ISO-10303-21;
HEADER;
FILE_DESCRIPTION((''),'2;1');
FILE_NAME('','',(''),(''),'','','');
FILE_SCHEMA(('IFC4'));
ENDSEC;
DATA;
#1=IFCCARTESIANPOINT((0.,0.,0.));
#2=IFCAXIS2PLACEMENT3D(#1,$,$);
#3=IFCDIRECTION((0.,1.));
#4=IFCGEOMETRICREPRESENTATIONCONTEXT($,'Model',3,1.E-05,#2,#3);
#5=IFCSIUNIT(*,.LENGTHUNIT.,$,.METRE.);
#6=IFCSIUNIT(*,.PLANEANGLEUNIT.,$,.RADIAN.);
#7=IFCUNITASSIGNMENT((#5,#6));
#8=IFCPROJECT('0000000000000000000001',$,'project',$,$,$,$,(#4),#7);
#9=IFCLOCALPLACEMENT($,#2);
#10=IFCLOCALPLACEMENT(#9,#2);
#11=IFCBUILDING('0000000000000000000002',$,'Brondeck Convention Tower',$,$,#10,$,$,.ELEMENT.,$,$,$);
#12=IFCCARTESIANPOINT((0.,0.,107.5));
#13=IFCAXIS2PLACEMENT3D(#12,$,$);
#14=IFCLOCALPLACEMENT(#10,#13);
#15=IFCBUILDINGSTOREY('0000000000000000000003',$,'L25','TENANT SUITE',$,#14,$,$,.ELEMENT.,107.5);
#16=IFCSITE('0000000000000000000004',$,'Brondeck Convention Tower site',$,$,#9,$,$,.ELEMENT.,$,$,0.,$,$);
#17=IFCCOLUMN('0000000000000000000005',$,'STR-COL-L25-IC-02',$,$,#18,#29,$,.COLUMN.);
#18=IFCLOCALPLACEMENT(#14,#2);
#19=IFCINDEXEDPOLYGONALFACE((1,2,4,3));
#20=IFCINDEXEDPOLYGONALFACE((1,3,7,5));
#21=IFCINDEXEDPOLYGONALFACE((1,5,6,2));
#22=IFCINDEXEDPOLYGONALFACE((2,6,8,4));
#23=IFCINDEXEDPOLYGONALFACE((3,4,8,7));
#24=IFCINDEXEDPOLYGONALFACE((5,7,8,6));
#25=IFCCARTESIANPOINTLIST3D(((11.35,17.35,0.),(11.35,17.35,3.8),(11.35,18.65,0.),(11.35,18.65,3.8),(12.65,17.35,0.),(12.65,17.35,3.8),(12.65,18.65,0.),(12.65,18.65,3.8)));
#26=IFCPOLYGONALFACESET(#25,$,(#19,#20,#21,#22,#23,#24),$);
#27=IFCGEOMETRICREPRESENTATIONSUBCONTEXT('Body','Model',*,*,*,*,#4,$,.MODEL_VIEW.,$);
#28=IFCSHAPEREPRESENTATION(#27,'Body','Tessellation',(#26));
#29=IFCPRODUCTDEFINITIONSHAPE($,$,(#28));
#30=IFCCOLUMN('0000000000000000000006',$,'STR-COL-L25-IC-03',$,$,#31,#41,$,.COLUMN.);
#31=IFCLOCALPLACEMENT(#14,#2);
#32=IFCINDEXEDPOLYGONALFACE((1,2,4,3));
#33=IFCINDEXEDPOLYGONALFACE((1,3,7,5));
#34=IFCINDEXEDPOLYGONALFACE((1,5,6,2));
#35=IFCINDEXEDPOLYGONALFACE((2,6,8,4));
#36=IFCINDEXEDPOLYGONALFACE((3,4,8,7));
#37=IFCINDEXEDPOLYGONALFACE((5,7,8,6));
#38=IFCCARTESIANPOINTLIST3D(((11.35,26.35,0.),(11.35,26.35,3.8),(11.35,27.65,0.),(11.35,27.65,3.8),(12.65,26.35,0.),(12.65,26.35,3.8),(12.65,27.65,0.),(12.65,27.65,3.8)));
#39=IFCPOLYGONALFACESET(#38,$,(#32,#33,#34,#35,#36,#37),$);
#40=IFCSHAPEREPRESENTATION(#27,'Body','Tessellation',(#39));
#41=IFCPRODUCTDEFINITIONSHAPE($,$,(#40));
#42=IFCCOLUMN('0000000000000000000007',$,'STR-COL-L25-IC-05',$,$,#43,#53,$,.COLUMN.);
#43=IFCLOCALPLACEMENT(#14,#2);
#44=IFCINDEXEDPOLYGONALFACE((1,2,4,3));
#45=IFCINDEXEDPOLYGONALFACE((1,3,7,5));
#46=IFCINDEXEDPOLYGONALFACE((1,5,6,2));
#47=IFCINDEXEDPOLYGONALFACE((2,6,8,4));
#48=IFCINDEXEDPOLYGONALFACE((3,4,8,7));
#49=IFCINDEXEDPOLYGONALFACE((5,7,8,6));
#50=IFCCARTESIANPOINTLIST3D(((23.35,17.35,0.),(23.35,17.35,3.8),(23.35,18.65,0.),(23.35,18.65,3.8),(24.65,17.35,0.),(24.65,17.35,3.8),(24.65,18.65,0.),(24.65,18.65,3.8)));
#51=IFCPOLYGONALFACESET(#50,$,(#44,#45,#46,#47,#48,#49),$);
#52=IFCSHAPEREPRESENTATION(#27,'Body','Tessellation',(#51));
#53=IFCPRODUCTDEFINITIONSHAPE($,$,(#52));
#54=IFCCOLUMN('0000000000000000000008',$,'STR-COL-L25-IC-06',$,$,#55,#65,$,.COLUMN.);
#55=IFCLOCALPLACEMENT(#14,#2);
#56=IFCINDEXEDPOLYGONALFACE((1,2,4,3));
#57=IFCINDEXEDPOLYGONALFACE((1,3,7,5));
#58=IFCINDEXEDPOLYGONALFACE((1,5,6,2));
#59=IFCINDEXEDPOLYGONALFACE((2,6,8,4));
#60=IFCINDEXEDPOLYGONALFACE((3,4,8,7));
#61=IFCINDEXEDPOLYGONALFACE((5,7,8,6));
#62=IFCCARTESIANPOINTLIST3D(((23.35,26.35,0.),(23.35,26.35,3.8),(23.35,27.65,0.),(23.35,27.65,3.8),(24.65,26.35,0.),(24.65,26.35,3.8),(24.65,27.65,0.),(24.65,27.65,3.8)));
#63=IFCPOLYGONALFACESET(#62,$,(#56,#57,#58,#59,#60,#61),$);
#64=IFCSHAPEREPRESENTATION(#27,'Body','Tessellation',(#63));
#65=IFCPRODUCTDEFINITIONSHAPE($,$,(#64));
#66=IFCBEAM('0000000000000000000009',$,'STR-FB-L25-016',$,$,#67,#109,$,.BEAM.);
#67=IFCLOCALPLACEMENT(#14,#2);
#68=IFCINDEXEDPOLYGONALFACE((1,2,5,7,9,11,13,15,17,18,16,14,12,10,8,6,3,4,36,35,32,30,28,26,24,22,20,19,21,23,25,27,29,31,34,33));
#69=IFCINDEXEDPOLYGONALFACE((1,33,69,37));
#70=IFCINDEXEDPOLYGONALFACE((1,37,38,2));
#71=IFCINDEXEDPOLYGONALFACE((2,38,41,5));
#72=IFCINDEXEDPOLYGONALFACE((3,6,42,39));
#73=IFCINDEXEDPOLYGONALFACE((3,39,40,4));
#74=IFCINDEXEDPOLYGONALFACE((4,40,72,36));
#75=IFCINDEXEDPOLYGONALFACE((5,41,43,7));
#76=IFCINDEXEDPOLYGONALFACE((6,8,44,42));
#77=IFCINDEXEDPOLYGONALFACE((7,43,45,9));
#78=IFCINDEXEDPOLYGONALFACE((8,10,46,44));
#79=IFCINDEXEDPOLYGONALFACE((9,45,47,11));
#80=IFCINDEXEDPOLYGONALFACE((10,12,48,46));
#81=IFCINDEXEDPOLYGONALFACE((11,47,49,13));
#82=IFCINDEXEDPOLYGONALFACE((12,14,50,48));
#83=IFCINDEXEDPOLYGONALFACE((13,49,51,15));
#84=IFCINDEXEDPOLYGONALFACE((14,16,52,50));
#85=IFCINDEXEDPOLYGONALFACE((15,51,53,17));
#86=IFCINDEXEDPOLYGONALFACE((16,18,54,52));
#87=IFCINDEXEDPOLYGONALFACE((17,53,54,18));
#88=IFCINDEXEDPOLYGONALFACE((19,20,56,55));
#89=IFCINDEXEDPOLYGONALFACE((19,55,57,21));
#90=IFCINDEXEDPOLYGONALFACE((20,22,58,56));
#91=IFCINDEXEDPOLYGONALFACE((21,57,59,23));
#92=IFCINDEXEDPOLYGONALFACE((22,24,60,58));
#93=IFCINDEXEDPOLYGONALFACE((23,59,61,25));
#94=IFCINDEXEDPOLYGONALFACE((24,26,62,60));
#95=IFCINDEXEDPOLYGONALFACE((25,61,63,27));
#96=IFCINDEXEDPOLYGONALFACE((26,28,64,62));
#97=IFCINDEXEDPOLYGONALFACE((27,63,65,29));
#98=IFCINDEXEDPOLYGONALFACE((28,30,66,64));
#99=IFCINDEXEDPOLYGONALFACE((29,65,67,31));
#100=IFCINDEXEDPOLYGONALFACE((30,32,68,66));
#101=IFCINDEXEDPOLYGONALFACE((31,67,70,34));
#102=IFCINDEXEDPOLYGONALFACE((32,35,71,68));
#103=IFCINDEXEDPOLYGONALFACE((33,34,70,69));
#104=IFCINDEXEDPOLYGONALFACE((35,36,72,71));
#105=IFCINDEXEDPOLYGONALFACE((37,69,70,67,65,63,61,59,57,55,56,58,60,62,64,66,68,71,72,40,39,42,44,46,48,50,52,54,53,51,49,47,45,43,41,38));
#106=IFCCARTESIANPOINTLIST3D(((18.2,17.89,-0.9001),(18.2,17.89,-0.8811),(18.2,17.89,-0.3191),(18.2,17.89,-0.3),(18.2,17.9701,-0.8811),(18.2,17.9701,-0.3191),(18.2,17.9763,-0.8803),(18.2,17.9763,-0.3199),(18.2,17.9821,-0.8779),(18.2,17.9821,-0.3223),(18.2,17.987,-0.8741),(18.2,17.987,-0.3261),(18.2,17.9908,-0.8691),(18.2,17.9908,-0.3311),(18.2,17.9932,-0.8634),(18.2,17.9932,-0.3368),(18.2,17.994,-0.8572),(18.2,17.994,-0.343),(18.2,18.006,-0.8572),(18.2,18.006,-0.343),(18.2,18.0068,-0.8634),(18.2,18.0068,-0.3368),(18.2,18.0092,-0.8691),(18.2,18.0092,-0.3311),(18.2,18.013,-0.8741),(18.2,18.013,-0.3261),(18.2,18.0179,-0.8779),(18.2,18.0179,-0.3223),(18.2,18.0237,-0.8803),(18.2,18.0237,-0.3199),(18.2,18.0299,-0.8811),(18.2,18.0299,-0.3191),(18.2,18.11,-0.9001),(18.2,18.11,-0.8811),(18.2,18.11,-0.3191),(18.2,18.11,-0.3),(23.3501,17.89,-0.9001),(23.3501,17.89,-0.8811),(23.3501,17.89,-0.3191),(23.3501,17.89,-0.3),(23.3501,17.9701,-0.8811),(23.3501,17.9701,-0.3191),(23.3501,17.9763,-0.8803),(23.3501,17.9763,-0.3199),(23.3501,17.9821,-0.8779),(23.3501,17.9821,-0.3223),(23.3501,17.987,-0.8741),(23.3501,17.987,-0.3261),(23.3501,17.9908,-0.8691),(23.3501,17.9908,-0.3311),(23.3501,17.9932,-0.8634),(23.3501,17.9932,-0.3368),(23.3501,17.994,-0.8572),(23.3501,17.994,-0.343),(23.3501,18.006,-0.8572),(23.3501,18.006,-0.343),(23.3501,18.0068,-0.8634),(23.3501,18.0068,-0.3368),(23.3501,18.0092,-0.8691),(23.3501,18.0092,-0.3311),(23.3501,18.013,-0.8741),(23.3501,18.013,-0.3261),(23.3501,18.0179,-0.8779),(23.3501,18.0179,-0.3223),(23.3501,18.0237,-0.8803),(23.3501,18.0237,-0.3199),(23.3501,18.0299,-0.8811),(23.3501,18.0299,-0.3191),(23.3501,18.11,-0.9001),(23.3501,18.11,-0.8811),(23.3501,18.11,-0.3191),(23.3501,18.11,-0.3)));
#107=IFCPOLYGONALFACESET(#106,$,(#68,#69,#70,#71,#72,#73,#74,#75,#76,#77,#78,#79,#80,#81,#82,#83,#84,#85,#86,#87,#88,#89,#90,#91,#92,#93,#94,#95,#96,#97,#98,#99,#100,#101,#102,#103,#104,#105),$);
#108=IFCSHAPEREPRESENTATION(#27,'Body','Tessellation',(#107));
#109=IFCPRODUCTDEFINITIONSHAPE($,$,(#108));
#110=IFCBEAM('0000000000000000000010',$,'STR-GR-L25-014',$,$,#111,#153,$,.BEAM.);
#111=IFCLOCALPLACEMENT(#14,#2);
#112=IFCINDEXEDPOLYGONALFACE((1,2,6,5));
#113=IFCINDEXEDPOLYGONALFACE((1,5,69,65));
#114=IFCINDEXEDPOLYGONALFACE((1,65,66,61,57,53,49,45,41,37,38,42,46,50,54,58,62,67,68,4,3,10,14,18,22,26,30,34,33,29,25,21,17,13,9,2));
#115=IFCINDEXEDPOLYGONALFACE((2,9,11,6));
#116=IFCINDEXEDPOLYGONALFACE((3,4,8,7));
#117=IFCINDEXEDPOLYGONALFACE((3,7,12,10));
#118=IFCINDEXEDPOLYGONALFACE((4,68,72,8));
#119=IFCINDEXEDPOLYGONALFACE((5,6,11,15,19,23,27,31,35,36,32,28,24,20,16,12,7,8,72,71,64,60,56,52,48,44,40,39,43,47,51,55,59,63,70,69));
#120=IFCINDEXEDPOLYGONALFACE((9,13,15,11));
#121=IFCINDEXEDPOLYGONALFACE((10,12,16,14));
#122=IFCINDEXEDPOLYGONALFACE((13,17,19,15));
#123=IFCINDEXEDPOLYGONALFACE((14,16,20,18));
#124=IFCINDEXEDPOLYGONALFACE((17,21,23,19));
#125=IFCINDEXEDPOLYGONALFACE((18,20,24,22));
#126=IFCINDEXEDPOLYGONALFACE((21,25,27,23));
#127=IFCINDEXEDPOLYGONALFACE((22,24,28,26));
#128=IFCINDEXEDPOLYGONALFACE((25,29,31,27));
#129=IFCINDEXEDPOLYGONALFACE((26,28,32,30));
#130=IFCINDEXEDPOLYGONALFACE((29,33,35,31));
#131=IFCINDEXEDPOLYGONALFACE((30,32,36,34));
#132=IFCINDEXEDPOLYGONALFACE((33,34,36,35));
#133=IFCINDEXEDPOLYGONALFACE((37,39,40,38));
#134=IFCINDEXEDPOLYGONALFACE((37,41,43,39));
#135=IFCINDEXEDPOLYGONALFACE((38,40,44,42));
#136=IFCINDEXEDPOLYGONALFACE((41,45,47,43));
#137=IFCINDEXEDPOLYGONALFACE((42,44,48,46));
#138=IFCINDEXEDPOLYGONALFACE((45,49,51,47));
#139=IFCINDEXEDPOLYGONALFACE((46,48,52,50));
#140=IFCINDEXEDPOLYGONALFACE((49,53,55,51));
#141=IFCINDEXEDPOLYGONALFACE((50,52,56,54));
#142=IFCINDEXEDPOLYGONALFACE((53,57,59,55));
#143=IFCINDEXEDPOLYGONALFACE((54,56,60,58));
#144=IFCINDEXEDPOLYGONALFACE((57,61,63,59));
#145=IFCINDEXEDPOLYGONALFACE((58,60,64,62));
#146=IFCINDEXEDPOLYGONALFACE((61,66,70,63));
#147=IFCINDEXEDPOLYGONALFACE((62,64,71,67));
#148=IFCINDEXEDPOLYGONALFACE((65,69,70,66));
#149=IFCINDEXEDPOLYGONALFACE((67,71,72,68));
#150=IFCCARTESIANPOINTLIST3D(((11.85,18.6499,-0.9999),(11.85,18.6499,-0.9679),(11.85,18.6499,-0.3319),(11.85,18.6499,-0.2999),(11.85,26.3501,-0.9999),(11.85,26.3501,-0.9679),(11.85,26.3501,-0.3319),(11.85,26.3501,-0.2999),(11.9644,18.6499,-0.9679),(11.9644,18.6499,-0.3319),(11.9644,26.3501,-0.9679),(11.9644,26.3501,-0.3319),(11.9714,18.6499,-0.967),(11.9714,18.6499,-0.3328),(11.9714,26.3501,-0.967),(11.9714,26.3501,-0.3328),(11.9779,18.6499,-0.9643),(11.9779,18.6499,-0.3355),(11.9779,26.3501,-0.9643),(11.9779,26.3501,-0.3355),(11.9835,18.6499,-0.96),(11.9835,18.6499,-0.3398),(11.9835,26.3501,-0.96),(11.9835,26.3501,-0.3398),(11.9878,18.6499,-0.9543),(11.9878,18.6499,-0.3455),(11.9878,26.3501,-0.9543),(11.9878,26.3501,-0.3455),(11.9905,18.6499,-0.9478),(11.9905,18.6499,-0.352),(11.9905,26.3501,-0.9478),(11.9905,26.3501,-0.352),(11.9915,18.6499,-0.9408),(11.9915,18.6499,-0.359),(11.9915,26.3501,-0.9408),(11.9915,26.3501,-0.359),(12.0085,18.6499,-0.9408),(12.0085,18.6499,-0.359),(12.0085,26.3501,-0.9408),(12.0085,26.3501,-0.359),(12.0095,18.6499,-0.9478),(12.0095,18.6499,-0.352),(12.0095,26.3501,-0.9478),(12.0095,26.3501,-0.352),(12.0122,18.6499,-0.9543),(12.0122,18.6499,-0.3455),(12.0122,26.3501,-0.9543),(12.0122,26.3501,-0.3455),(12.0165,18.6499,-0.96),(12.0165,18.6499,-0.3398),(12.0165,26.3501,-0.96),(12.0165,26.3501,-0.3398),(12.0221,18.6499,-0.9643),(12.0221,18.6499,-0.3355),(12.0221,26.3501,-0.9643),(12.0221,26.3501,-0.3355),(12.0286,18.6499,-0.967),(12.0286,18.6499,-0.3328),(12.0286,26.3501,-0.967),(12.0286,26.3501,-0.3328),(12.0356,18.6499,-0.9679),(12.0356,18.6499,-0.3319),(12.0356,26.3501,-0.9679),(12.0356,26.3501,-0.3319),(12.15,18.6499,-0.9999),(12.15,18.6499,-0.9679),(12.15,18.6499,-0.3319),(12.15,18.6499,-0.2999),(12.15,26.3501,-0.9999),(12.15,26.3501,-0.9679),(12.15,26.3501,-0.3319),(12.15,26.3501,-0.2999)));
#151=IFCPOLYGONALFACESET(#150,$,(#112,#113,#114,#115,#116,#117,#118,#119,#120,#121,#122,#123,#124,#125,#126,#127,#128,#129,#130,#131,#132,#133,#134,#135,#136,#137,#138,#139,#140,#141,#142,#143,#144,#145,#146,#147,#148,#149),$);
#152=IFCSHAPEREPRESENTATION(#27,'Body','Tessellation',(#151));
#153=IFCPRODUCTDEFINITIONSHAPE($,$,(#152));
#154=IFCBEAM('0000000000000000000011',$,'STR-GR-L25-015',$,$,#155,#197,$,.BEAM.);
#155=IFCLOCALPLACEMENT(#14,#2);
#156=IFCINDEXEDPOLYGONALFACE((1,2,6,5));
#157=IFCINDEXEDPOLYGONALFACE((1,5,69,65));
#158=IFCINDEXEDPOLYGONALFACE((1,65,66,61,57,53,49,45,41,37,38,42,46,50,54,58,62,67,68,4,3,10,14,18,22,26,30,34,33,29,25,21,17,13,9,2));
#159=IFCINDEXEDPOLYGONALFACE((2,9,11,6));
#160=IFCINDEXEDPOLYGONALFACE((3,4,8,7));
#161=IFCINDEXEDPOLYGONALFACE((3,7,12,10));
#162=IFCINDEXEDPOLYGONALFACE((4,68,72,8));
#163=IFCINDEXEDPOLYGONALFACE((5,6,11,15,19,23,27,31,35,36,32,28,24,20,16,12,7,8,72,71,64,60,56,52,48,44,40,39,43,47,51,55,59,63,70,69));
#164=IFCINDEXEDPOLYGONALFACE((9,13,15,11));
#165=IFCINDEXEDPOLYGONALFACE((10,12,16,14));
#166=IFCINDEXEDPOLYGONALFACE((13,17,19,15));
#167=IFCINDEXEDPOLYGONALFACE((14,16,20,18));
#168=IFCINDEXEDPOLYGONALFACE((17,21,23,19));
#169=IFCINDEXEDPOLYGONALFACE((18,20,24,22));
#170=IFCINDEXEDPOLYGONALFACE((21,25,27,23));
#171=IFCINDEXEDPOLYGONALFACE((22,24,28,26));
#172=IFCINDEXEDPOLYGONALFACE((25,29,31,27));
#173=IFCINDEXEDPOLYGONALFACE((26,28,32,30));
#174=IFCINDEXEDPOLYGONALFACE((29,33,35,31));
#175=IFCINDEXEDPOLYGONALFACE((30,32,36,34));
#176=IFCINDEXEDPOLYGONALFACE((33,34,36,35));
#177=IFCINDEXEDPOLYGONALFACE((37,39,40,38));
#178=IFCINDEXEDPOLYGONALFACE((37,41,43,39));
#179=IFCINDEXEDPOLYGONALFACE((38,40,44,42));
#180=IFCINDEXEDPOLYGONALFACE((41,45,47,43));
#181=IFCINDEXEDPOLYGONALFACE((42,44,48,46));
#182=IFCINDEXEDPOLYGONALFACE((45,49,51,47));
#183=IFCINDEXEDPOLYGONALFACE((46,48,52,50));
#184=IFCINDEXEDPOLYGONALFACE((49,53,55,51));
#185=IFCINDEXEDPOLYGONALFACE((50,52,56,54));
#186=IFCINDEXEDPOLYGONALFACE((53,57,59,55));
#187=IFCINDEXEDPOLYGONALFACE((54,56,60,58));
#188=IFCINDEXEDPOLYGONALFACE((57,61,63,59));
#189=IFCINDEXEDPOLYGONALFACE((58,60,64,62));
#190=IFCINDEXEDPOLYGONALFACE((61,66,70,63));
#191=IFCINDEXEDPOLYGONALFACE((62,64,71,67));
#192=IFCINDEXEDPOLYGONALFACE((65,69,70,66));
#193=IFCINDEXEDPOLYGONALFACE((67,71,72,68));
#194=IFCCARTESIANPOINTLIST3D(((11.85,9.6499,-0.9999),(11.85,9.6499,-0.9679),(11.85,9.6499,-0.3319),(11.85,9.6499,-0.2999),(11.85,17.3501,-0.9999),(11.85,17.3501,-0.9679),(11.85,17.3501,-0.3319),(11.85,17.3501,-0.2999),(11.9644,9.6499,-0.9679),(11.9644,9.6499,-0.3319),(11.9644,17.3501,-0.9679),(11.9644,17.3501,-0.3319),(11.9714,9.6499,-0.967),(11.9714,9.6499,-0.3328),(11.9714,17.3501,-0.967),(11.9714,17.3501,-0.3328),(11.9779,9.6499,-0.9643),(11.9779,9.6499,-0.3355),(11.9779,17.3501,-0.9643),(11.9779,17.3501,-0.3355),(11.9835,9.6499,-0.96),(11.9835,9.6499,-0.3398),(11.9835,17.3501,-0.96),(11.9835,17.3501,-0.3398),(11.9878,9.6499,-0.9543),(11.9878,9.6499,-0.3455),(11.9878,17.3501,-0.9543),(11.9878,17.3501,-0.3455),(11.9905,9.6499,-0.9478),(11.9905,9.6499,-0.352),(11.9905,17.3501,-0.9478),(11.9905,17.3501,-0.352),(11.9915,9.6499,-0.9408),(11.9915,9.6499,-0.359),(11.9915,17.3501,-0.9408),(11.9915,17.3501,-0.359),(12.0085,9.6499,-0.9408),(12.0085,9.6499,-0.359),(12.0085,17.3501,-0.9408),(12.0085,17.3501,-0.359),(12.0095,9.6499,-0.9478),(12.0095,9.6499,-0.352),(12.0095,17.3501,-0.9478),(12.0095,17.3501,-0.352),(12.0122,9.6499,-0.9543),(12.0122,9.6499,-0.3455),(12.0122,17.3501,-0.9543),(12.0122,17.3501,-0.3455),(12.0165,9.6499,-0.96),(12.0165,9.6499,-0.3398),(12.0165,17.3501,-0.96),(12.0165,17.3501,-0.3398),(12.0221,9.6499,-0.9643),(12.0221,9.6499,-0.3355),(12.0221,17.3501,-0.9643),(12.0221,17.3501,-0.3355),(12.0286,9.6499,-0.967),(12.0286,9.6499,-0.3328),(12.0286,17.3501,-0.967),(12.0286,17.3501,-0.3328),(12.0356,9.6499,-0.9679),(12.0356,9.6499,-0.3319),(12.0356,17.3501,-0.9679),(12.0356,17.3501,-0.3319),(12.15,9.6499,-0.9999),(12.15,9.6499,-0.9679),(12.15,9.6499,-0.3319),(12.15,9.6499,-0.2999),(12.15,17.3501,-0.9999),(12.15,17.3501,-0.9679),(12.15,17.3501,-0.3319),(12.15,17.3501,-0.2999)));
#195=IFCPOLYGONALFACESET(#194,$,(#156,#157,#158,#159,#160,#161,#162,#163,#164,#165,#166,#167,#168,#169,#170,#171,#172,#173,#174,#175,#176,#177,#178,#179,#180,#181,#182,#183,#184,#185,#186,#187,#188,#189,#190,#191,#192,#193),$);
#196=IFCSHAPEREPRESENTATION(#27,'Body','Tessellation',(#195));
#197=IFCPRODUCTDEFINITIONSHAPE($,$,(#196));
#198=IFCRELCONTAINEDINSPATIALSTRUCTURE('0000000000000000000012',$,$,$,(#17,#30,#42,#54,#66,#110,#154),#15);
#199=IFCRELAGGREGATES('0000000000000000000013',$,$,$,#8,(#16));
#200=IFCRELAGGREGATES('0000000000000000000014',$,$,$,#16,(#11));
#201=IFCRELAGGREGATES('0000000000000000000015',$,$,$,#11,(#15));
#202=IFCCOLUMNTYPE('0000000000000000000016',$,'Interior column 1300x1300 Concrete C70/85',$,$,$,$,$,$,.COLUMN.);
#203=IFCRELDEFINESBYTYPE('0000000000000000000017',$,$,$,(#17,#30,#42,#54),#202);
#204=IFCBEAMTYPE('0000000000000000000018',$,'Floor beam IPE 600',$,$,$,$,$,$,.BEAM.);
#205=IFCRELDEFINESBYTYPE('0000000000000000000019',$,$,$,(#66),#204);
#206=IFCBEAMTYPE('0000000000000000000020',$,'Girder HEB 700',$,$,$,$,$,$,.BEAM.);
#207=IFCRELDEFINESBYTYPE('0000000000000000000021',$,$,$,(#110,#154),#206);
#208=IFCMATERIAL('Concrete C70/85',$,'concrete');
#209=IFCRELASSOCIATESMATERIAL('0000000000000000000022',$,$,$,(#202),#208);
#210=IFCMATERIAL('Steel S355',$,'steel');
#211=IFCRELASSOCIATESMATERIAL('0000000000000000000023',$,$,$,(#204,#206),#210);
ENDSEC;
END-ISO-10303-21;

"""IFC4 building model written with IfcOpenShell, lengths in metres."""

from ifc_helpers import new_model, si_unit, direction, frame, origin, origin_2d, place, context, subcontext, project, spatial, rectangle, i_section, extrude, material, material_profile, profile_set, type_object, element, save


model = new_model("IFC4")

# Units and contexts
model_context = context("Model", 3, precision=1e-05, world=origin(), true_north=direction((0.0, 1.0)))
body_context = subcontext(model_context, "Body", "Model", "MODEL_VIEW")
ifc_project = project(units=[si_unit("LENGTHUNIT", "METRE"), si_unit("PLANEANGLEUNIT", "RADIAN")], contexts=[model_context])

# Site, building, storey
site_placement = place(None, origin())
site = spatial("IfcSite", under=ifc_project, at=site_placement, Name="Brondeck Convention Tower site", CompositionType="ELEMENT", RefElevation=0.0)
building_placement = place(site_placement, origin())
building = spatial("IfcBuilding", under=site, at=building_placement, Name="Brondeck Convention Tower", CompositionType="ELEMENT")
storey_placement = place(building_placement, frame((0.0, 0.0, 107.5)))
storey = spatial("IfcBuildingStorey", under=building, at=storey_placement, Name="L25", Description="TENANT SUITE", CompositionType="ELEMENT", Elevation=107.5)

# Columns
ifc_material_1 = material(Name="Concrete C70/85", Category="concrete")
ifc_material_profile_1 = material_profile(ifc_material_1, rectangle(XDim=1.3, YDim=1.3, at=origin_2d()), Name="Interior column 1300x1300 Concrete C70/85")
ifc_profile_set_1 = profile_set([ifc_material_profile_1], Name="Concrete C70/85")
column_type = type_object("IfcColumnType", Name="Interior column 1300x1300 Concrete C70/85", PredefinedType="COLUMN", material=ifc_profile_set_1)
for number, where, z_axis, x_axis, name in (
    (1, (12.0, 18.0, 0.0), (0.0, 0.0, 1.0), (1.0, 0.0, 0.0), "STR-COL-L25-IC-02"),
    (2, (12.0, 27.0, 0.0), (0.0, 0.0, 1.0), (1.0, 0.0, 0.0), "STR-COL-L25-IC-03"),
    (3, (24.0, 18.0, 0.0), (0.0, 0.0, 1.0), (1.0, 0.0, 0.0), "STR-COL-L25-IC-05"),
    (4, (24.0, 27.0, 0.0), (0.0, 0.0, 1.0), (1.0, 0.0, 0.0), "STR-COL-L25-IC-06"),
):
    element("IfcColumn", number, at=place(storey_placement, frame(where, z_axis=z_axis, x_axis=x_axis)), inside=storey, type_object=column_type, Name=name, PredefinedType="COLUMN", context=body_context, shape_type="SweptSolid", body=[
        extrude(rectangle(XDim=1.3, YDim=1.3, at=origin_2d()), origin(), (0.0, 0.0, 1.0), 3.8),
    ])

# Beams
ifc_material_2 = material(Name="Steel S355", Category="steel")
ifc_material_profile_2 = material_profile(ifc_material_2, i_section(OverallWidth=0.22, OverallDepth=0.6001, WebThickness=0.012, FlangeThickness=0.019, FilletRadius=0.0239, at=origin_2d()), Name="IPE 600")
ifc_profile_set_2 = profile_set([ifc_material_profile_2], Name="Steel S355")
beam_type_1 = type_object("IfcBeamType", Name="Floor beam IPE 600", PredefinedType="BEAM", material=ifc_profile_set_2)
beam_1_placement = place(storey_placement, frame((18.2, 18.0, -0.6001), z_axis=(1.0, 0.0, 0.0), x_axis=(0.0, 1.0, 0.0)))
element("IfcBeam", 5, at=beam_1_placement, inside=storey, type_object=beam_type_1, Name="STR-FB-L25-016", PredefinedType="BEAM", context=body_context, shape_type="SweptSolid", body=[
    extrude(i_section(OverallWidth=0.22, OverallDepth=0.6001, WebThickness=0.012, FlangeThickness=0.019, FilletRadius=0.0239, at=origin_2d()), origin(), (0.0, 0.0, 1.0), 5.1501),
])
ifc_material_profile_3 = material_profile(ifc_material_2, i_section(OverallWidth=0.3, OverallDepth=0.7, WebThickness=0.0171, FlangeThickness=0.032, FilletRadius=0.0271, at=origin_2d()), Name="HEB 700")
ifc_profile_set_3 = profile_set([ifc_material_profile_3], Name="Steel S355")
beam_type_2 = type_object("IfcBeamType", Name="Girder HEB 700", PredefinedType="BEAM", material=ifc_profile_set_3)
for number, where, z_axis, x_axis, name in (
    (6, (12.0, 26.3501, -0.6499), (0.0, -1.0, 0.0), (1.0, 0.0, 0.0), "STR-GR-L25-014"),
    (7, (12.0, 17.3501, -0.6499), (0.0, -1.0, 0.0), (1.0, 0.0, 0.0), "STR-GR-L25-015"),
):
    element("IfcBeam", number, at=place(storey_placement, frame(where, z_axis=z_axis, x_axis=x_axis)), inside=storey, type_object=beam_type_2, Name=name, PredefinedType="BEAM", context=body_context, shape_type="SweptSolid", body=[
        extrude(i_section(OverallWidth=0.3, OverallDepth=0.7, WebThickness=0.0171, FlangeThickness=0.032, FilletRadius=0.0271, at=origin_2d()), origin(), (0.0, 0.0, 1.0), 7.7002),
    ])

save(model, "model.ifc")
